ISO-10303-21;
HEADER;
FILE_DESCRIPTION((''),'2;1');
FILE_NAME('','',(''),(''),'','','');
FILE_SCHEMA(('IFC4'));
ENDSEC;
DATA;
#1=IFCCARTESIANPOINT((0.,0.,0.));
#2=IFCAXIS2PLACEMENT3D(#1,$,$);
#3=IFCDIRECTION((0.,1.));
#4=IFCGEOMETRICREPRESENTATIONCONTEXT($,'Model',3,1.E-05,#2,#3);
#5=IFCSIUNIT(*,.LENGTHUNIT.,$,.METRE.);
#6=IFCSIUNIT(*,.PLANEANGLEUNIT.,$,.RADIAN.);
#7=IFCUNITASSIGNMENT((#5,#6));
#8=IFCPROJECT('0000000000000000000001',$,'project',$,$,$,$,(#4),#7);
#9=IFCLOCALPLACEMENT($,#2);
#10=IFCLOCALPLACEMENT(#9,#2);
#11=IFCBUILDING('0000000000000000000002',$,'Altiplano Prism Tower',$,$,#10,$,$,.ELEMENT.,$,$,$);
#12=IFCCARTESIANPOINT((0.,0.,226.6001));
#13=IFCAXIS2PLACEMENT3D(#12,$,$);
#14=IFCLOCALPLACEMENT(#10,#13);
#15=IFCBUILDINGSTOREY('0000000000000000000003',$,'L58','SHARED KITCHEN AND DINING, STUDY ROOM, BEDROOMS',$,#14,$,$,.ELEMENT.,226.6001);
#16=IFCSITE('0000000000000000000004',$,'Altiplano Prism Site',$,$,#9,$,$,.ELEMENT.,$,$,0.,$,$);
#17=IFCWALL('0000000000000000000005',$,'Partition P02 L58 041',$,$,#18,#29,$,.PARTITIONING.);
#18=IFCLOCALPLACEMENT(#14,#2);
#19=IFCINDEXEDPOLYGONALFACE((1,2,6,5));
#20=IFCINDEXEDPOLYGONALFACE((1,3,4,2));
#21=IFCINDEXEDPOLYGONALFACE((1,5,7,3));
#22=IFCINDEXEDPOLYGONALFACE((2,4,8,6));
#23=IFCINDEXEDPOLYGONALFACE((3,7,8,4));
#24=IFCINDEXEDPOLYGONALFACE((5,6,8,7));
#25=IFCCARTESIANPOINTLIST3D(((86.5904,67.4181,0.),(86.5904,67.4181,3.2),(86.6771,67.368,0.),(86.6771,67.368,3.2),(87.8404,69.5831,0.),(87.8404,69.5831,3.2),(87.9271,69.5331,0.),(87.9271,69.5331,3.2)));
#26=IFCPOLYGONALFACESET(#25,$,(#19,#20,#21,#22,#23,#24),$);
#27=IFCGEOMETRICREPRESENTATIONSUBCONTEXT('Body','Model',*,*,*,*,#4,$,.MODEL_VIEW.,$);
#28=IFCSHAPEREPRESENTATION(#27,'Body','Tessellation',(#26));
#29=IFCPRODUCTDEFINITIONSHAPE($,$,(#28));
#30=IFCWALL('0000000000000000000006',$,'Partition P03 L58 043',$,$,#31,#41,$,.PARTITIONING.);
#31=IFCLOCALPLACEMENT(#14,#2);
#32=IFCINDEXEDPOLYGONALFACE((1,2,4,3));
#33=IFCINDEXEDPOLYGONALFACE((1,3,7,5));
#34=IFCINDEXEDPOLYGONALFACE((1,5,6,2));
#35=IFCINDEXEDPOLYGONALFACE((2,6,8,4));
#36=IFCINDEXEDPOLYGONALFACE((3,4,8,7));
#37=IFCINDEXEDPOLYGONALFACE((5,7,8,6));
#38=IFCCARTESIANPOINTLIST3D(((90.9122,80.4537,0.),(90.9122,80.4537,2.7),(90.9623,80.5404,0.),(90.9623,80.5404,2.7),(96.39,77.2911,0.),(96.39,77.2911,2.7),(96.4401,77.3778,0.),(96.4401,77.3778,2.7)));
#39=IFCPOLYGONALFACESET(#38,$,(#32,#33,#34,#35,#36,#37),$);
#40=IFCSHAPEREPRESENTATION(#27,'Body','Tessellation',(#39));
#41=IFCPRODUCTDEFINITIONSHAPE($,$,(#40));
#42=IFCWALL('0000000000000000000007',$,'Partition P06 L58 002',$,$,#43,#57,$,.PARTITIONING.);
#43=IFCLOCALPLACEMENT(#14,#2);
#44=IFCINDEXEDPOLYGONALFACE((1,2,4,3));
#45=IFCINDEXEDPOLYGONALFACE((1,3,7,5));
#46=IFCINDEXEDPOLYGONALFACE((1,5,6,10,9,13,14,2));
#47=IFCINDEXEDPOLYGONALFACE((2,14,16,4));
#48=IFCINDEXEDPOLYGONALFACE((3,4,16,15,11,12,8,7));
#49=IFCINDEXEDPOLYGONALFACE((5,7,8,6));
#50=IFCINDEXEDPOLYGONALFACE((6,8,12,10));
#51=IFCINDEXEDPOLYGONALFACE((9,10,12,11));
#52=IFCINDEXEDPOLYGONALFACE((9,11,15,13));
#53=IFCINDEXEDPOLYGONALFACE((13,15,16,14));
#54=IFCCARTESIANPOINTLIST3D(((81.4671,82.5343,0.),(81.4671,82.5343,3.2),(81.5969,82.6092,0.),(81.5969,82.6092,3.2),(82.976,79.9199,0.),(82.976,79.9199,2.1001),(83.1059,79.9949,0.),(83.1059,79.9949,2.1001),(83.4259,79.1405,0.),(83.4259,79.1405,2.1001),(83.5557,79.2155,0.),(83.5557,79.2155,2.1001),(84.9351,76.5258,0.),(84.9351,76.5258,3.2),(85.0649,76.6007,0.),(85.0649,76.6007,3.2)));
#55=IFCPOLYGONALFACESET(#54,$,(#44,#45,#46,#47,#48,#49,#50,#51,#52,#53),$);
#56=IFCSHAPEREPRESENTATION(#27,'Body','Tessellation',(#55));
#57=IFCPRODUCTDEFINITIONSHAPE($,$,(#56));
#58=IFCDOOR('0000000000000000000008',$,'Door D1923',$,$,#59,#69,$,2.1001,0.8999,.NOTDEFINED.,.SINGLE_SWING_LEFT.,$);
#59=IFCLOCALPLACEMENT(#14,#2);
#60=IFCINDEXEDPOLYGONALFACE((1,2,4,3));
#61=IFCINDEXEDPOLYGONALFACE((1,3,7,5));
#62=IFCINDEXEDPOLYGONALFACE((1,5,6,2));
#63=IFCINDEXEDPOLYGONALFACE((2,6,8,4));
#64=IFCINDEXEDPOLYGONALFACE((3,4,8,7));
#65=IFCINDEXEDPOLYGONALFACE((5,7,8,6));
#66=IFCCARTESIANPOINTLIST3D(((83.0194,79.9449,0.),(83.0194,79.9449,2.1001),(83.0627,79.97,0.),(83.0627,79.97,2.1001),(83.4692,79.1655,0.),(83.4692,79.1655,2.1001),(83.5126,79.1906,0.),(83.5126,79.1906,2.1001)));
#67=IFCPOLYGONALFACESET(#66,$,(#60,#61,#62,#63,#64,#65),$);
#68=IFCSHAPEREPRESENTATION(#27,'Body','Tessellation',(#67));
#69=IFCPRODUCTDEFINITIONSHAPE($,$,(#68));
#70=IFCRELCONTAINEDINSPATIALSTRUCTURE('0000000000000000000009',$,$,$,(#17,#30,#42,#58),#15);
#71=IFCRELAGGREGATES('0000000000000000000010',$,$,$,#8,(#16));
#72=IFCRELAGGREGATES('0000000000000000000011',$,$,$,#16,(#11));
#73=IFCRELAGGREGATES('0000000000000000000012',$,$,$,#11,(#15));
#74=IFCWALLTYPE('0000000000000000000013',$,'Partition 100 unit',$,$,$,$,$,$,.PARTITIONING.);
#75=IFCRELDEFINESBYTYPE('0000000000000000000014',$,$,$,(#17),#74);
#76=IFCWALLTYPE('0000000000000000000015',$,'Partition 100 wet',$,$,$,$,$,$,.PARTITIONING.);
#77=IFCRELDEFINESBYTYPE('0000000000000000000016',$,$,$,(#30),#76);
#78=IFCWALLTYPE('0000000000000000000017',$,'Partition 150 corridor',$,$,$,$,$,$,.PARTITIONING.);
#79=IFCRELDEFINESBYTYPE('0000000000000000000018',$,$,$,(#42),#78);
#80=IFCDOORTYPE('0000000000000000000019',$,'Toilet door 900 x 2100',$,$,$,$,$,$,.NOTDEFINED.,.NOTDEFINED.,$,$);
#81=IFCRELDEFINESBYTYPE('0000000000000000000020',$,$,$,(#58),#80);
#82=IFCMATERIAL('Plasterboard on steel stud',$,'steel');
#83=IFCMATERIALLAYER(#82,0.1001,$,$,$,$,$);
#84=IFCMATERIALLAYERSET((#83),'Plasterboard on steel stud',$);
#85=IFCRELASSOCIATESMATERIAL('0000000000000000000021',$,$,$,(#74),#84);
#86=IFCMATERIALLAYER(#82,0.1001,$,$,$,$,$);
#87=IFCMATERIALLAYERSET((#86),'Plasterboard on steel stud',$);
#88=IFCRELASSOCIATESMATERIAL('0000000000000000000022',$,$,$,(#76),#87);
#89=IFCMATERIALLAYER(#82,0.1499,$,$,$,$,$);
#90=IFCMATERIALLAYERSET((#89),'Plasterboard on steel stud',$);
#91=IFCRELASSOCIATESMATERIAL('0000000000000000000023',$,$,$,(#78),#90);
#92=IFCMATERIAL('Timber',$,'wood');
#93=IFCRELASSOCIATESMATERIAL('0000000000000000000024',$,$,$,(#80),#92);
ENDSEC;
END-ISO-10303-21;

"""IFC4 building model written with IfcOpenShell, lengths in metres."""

from ifc_helpers import new_model, si_unit, direction, frame, frame_2d, origin, place, context, subcontext, project, spatial, rectangle, extrude, material, layer, layer_set, type_object, element, fill, save


model = new_model("IFC4")

# Units and contexts
model_context = context("Model", 3, precision=1e-05, world=origin(), true_north=direction((0.0, 1.0)))
body_context = subcontext(model_context, "Body", "Model", "MODEL_VIEW")
ifc_project = project(units=[si_unit("LENGTHUNIT", "METRE"), si_unit("PLANEANGLEUNIT", "RADIAN")], contexts=[model_context])

# Site, building, storey
site_placement = place(None, origin())
site = spatial("IfcSite", under=ifc_project, at=site_placement, Name="Altiplano Prism Site", CompositionType="ELEMENT", RefElevation=0.0)
building_placement = place(site_placement, origin())
building = spatial("IfcBuilding", under=site, at=building_placement, Name="Altiplano Prism Tower", CompositionType="ELEMENT")
storey_placement = place(building_placement, frame((0.0, 0.0, 226.6001)))
storey = spatial("IfcBuildingStorey", under=building, at=storey_placement, Name="L58", Description="SHARED KITCHEN AND DINING, STUDY ROOM, BEDROOMS", CompositionType="ELEMENT", Elevation=226.6001)

# Shared definitions
ifc_material_1 = material(Name="Plasterboard on steel stud", Category="steel")
ifc_layer_1 = layer(ifc_material_1, 0.1001)
ifc_layer_set_1 = layer_set([ifc_layer_1], Name="Plasterboard on steel stud")
wall_type_1 = type_object("IfcWallType", Name="Partition 100 unit", PredefinedType="PARTITIONING", material=ifc_layer_set_1)
ifc_material_2 = material(Name="Timber", Category="wood")

# Walls
wall_1_placement = place(storey_placement, frame((87.8838, 69.5581, 0.0), z_axis=(0.0, 0.0, 1.0), x_axis=(-0.500004, -0.866023, 0.0)))
element("IfcWall", 1, at=wall_1_placement, inside=storey, type_object=wall_type_1, Name="Partition P02 L58 041", PredefinedType="PARTITIONING", context=body_context, shape_type="SweptSolid", body=[
    extrude(rectangle(XDim=2.5, YDim=0.1001, at=frame_2d((1.25, 0.0))), origin(), (0.0, 0.0, 1.0), 3.2),
])
ifc_layer_2 = layer(ifc_material_1, 0.1001)
ifc_layer_set_2 = layer_set([ifc_layer_2], Name="Plasterboard on steel stud")
wall_type_2 = type_object("IfcWallType", Name="Partition 100 wet", PredefinedType="PARTITIONING", material=ifc_layer_set_2)
wall_2_placement = place(storey_placement, frame((96.415, 77.3345, 0.0), z_axis=(0.0, 0.0, 1.0), x_axis=(-0.866026, 0.5, 0.0)))
element("IfcWall", 2, at=wall_2_placement, inside=storey, type_object=wall_type_2, Name="Partition P03 L58 043", PredefinedType="PARTITIONING", context=body_context, shape_type="SweptSolid", body=[
    extrude(rectangle(XDim=6.3252, YDim=0.1001, at=frame_2d((3.1626, 0.0))), origin(), (0.0, 0.0, 1.0), 2.7),
])

# Wall, opening, door
ifc_layer_3 = layer(ifc_material_1, 0.1499)
ifc_layer_set_3 = layer_set([ifc_layer_3], Name="Plasterboard on steel stud")
wall_type_3 = type_object("IfcWallType", Name="Partition 150 corridor", PredefinedType="PARTITIONING", material=ifc_layer_set_3)
wall_3_placement = place(storey_placement, frame((85.0, 76.5632, 0.0), z_axis=(0.0, 0.0, 1.0), x_axis=(-0.49989, 0.866089, 0.0)))
wall_3 = element("IfcWall", 3, at=wall_3_placement, inside=storey, type_object=wall_type_3, Name="Partition P06 L58 002", PredefinedType="PARTITIONING", context=body_context, shape_type="SweptSolid", body=[
    extrude(rectangle(XDim=6.9375, YDim=0.1499, at=frame_2d((3.4688, 0.0))), origin(), (0.0, 0.0, 1.0), 3.2),
])
opening_1_placement = place(wall_3_placement, frame((3.019, 0.0, 0.0)))
opening_1 = element("IfcOpeningElement", 4, at=opening_1_placement, cuts=wall_3, PredefinedType="OPENING", context=body_context, shape_type="SweptSolid", body=[
    extrude(rectangle(XDim=0.8999, YDim=2.1001, at=frame_2d((0.45, 1.05))), frame((0.0, 0.0854, 0.0), z_axis=(0.0, -1.0, 0.0), x_axis=(1.0, 0.0, 0.0)), (0.0, 0.0, 1.0), 0.1709),
])
door_type_1 = type_object("IfcDoorType", Name="Toilet door 900 x 2100", OperationType="NOTDEFINED", PredefinedType="NOTDEFINED", material=ifc_material_2)
door_1_placement = place(opening_1_placement, origin())
door_1 = element("IfcDoor", 5, at=door_1_placement, inside=storey, type_object=door_type_1, Name="Door D1923", OperationType="SINGLE_SWING_LEFT", OverallHeight=2.1001, OverallWidth=0.8999, PredefinedType="NOTDEFINED", context=body_context, shape_type="SweptSolid", body=[
    extrude(rectangle(XDim=0.8999, YDim=2.1001, at=frame_2d((0.45, 1.05))), frame((0.0, 0.0249, 0.0), z_axis=(0.0, -1.0, 0.0), x_axis=(1.0, 0.0, 0.0)), (0.0, 0.0, 1.0), 0.05),
])
fill(opening_1, door_1)

save(model, "model.ifc")
